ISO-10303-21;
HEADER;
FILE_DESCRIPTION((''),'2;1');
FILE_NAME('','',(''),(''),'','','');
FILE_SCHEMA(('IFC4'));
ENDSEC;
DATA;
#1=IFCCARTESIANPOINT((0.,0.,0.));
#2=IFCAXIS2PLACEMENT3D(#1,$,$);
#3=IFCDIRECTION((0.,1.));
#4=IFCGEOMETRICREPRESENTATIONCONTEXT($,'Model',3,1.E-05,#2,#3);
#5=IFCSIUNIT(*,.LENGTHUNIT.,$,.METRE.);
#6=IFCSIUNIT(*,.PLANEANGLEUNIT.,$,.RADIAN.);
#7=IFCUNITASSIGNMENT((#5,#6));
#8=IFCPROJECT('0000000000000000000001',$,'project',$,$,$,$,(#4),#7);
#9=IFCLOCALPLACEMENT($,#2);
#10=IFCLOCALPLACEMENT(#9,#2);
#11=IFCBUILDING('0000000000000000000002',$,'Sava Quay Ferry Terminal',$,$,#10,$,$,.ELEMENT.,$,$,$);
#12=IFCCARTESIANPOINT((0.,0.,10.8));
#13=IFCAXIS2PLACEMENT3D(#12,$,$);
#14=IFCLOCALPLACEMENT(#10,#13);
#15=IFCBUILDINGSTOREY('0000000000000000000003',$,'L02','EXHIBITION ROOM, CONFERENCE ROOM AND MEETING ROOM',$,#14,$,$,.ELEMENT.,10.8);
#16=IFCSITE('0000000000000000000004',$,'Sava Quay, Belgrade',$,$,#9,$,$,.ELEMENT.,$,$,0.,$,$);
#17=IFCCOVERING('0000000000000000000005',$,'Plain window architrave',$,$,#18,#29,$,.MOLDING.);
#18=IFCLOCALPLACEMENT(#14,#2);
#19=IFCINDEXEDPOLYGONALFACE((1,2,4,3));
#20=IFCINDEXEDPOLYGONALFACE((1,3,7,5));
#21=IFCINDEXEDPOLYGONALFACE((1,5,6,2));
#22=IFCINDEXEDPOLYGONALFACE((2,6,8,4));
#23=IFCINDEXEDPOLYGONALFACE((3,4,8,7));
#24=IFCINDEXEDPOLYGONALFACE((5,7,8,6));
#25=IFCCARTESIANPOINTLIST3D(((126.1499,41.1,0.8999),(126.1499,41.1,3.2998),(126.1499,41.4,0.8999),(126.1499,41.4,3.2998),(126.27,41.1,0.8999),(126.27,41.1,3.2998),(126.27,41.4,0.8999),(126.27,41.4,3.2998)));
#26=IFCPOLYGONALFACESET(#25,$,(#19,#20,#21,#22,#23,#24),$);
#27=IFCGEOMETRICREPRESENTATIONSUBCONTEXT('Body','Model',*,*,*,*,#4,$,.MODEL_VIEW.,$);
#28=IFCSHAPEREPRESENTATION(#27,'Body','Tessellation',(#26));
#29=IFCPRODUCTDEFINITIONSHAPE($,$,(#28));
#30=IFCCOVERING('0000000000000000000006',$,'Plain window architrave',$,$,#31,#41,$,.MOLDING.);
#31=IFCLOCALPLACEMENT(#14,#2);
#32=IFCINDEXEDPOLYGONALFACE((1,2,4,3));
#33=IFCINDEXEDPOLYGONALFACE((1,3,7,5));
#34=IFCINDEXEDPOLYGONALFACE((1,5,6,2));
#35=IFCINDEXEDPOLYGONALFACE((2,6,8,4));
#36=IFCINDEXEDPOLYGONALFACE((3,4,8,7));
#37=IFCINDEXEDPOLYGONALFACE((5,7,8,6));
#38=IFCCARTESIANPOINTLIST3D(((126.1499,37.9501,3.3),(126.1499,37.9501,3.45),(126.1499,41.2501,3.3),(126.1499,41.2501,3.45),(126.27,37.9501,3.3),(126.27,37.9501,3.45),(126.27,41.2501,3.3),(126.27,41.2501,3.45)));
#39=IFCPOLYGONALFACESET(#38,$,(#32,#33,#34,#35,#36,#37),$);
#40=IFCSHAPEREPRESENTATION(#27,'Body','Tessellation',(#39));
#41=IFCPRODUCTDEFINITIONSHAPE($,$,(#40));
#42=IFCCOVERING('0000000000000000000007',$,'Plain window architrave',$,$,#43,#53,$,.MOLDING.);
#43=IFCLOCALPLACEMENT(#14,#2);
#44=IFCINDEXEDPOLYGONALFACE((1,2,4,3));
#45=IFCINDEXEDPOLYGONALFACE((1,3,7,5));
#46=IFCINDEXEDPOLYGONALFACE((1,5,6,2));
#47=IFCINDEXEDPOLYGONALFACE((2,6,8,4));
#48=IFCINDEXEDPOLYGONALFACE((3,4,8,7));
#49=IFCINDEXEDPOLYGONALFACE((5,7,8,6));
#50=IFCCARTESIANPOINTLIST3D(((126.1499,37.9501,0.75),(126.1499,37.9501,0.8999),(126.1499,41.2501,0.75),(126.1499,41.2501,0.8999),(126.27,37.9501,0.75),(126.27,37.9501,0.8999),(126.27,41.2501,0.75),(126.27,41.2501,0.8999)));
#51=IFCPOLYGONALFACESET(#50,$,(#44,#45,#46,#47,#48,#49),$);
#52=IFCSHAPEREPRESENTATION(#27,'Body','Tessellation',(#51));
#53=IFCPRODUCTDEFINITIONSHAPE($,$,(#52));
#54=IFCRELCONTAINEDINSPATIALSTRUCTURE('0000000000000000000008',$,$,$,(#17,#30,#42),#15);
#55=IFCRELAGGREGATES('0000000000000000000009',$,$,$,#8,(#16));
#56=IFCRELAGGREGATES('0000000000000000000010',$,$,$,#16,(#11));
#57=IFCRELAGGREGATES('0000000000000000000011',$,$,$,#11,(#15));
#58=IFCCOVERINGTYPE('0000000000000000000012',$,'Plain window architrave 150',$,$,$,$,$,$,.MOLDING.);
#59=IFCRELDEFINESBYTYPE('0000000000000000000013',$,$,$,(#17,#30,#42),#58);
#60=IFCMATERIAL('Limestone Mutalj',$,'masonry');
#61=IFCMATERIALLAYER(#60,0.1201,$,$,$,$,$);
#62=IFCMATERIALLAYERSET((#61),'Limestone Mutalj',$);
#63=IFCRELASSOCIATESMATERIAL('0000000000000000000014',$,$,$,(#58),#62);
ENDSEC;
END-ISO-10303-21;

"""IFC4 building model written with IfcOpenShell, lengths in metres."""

from ifc_helpers import new_model, si_unit, direction, frame, origin, origin_2d, place, context, subcontext, project, spatial, rectangle, extrude, material, layer, layer_set, type_object, element, save


model = new_model("IFC4")

# Units and contexts
model_context = context("Model", 3, precision=1e-05, world=origin(), true_north=direction((0.0, 1.0)))
body_context = subcontext(model_context, "Body", "Model", "MODEL_VIEW")
ifc_project = project(units=[si_unit("LENGTHUNIT", "METRE"), si_unit("PLANEANGLEUNIT", "RADIAN")], contexts=[model_context])

# Site, building, storey
site_placement = place(None, origin())
site = spatial("IfcSite", under=ifc_project, at=site_placement, Name="Sava Quay, Belgrade", CompositionType="ELEMENT", RefElevation=0.0)
building_placement = place(site_placement, origin())
building = spatial("IfcBuilding", under=site, at=building_placement, Name="Sava Quay Ferry Terminal", CompositionType="ELEMENT")
storey_placement = place(building_placement, frame((0.0, 0.0, 10.8)))
storey = spatial("IfcBuildingStorey", under=building, at=storey_placement, Name="L02", Description="EXHIBITION ROOM, CONFERENCE ROOM AND MEETING ROOM", CompositionType="ELEMENT", Elevation=10.8)

# Coverings
ifc_material_1 = material(Name="Limestone Mutalj", Category="masonry")
ifc_layer_1 = layer(ifc_material_1, 0.1201)
ifc_layer_set_1 = layer_set([ifc_layer_1], Name="Limestone Mutalj")
covering_type_1 = type_object("IfcCoveringType", Name="Plain window architrave 150", PredefinedType="MOLDING", material=ifc_layer_set_1)
covering_1_placement = place(storey_placement, frame((126.21, 41.25, 0.8999), z_axis=(0.0, 0.0, 1.0), x_axis=(1.0, 0.0, 0.0)))
element("IfcCovering", 1, at=covering_1_placement, inside=storey, type_object=covering_type_1, Name="Plain window architrave", PredefinedType="MOLDING", context=body_context, shape_type="SweptSolid", body=[
    extrude(rectangle(XDim=0.1201, YDim=0.3, at=origin_2d()), origin(), (0.0, 0.0, 1.0), 2.3999),
])
for number, where, z_axis, x_axis, name in (
    (2, (126.21, 39.6001, 3.3), (0.0, 0.0, 1.0), (1.0, 0.0, 0.0), "Plain window architrave"),
    (3, (126.21, 39.6001, 0.75), (0.0, 0.0, 1.0), (1.0, 0.0, 0.0), "Plain window architrave"),
):
    element("IfcCovering", number, at=place(storey_placement, frame(where, z_axis=z_axis, x_axis=x_axis)), inside=storey, type_object=covering_type_1, Name=name, PredefinedType="MOLDING", context=body_context, shape_type="SweptSolid", body=[
        extrude(rectangle(XDim=0.1201, YDim=3.3, at=origin_2d()), origin(), (0.0, 0.0, 1.0), 0.1499),
    ])

save(model, "model.ifc")
